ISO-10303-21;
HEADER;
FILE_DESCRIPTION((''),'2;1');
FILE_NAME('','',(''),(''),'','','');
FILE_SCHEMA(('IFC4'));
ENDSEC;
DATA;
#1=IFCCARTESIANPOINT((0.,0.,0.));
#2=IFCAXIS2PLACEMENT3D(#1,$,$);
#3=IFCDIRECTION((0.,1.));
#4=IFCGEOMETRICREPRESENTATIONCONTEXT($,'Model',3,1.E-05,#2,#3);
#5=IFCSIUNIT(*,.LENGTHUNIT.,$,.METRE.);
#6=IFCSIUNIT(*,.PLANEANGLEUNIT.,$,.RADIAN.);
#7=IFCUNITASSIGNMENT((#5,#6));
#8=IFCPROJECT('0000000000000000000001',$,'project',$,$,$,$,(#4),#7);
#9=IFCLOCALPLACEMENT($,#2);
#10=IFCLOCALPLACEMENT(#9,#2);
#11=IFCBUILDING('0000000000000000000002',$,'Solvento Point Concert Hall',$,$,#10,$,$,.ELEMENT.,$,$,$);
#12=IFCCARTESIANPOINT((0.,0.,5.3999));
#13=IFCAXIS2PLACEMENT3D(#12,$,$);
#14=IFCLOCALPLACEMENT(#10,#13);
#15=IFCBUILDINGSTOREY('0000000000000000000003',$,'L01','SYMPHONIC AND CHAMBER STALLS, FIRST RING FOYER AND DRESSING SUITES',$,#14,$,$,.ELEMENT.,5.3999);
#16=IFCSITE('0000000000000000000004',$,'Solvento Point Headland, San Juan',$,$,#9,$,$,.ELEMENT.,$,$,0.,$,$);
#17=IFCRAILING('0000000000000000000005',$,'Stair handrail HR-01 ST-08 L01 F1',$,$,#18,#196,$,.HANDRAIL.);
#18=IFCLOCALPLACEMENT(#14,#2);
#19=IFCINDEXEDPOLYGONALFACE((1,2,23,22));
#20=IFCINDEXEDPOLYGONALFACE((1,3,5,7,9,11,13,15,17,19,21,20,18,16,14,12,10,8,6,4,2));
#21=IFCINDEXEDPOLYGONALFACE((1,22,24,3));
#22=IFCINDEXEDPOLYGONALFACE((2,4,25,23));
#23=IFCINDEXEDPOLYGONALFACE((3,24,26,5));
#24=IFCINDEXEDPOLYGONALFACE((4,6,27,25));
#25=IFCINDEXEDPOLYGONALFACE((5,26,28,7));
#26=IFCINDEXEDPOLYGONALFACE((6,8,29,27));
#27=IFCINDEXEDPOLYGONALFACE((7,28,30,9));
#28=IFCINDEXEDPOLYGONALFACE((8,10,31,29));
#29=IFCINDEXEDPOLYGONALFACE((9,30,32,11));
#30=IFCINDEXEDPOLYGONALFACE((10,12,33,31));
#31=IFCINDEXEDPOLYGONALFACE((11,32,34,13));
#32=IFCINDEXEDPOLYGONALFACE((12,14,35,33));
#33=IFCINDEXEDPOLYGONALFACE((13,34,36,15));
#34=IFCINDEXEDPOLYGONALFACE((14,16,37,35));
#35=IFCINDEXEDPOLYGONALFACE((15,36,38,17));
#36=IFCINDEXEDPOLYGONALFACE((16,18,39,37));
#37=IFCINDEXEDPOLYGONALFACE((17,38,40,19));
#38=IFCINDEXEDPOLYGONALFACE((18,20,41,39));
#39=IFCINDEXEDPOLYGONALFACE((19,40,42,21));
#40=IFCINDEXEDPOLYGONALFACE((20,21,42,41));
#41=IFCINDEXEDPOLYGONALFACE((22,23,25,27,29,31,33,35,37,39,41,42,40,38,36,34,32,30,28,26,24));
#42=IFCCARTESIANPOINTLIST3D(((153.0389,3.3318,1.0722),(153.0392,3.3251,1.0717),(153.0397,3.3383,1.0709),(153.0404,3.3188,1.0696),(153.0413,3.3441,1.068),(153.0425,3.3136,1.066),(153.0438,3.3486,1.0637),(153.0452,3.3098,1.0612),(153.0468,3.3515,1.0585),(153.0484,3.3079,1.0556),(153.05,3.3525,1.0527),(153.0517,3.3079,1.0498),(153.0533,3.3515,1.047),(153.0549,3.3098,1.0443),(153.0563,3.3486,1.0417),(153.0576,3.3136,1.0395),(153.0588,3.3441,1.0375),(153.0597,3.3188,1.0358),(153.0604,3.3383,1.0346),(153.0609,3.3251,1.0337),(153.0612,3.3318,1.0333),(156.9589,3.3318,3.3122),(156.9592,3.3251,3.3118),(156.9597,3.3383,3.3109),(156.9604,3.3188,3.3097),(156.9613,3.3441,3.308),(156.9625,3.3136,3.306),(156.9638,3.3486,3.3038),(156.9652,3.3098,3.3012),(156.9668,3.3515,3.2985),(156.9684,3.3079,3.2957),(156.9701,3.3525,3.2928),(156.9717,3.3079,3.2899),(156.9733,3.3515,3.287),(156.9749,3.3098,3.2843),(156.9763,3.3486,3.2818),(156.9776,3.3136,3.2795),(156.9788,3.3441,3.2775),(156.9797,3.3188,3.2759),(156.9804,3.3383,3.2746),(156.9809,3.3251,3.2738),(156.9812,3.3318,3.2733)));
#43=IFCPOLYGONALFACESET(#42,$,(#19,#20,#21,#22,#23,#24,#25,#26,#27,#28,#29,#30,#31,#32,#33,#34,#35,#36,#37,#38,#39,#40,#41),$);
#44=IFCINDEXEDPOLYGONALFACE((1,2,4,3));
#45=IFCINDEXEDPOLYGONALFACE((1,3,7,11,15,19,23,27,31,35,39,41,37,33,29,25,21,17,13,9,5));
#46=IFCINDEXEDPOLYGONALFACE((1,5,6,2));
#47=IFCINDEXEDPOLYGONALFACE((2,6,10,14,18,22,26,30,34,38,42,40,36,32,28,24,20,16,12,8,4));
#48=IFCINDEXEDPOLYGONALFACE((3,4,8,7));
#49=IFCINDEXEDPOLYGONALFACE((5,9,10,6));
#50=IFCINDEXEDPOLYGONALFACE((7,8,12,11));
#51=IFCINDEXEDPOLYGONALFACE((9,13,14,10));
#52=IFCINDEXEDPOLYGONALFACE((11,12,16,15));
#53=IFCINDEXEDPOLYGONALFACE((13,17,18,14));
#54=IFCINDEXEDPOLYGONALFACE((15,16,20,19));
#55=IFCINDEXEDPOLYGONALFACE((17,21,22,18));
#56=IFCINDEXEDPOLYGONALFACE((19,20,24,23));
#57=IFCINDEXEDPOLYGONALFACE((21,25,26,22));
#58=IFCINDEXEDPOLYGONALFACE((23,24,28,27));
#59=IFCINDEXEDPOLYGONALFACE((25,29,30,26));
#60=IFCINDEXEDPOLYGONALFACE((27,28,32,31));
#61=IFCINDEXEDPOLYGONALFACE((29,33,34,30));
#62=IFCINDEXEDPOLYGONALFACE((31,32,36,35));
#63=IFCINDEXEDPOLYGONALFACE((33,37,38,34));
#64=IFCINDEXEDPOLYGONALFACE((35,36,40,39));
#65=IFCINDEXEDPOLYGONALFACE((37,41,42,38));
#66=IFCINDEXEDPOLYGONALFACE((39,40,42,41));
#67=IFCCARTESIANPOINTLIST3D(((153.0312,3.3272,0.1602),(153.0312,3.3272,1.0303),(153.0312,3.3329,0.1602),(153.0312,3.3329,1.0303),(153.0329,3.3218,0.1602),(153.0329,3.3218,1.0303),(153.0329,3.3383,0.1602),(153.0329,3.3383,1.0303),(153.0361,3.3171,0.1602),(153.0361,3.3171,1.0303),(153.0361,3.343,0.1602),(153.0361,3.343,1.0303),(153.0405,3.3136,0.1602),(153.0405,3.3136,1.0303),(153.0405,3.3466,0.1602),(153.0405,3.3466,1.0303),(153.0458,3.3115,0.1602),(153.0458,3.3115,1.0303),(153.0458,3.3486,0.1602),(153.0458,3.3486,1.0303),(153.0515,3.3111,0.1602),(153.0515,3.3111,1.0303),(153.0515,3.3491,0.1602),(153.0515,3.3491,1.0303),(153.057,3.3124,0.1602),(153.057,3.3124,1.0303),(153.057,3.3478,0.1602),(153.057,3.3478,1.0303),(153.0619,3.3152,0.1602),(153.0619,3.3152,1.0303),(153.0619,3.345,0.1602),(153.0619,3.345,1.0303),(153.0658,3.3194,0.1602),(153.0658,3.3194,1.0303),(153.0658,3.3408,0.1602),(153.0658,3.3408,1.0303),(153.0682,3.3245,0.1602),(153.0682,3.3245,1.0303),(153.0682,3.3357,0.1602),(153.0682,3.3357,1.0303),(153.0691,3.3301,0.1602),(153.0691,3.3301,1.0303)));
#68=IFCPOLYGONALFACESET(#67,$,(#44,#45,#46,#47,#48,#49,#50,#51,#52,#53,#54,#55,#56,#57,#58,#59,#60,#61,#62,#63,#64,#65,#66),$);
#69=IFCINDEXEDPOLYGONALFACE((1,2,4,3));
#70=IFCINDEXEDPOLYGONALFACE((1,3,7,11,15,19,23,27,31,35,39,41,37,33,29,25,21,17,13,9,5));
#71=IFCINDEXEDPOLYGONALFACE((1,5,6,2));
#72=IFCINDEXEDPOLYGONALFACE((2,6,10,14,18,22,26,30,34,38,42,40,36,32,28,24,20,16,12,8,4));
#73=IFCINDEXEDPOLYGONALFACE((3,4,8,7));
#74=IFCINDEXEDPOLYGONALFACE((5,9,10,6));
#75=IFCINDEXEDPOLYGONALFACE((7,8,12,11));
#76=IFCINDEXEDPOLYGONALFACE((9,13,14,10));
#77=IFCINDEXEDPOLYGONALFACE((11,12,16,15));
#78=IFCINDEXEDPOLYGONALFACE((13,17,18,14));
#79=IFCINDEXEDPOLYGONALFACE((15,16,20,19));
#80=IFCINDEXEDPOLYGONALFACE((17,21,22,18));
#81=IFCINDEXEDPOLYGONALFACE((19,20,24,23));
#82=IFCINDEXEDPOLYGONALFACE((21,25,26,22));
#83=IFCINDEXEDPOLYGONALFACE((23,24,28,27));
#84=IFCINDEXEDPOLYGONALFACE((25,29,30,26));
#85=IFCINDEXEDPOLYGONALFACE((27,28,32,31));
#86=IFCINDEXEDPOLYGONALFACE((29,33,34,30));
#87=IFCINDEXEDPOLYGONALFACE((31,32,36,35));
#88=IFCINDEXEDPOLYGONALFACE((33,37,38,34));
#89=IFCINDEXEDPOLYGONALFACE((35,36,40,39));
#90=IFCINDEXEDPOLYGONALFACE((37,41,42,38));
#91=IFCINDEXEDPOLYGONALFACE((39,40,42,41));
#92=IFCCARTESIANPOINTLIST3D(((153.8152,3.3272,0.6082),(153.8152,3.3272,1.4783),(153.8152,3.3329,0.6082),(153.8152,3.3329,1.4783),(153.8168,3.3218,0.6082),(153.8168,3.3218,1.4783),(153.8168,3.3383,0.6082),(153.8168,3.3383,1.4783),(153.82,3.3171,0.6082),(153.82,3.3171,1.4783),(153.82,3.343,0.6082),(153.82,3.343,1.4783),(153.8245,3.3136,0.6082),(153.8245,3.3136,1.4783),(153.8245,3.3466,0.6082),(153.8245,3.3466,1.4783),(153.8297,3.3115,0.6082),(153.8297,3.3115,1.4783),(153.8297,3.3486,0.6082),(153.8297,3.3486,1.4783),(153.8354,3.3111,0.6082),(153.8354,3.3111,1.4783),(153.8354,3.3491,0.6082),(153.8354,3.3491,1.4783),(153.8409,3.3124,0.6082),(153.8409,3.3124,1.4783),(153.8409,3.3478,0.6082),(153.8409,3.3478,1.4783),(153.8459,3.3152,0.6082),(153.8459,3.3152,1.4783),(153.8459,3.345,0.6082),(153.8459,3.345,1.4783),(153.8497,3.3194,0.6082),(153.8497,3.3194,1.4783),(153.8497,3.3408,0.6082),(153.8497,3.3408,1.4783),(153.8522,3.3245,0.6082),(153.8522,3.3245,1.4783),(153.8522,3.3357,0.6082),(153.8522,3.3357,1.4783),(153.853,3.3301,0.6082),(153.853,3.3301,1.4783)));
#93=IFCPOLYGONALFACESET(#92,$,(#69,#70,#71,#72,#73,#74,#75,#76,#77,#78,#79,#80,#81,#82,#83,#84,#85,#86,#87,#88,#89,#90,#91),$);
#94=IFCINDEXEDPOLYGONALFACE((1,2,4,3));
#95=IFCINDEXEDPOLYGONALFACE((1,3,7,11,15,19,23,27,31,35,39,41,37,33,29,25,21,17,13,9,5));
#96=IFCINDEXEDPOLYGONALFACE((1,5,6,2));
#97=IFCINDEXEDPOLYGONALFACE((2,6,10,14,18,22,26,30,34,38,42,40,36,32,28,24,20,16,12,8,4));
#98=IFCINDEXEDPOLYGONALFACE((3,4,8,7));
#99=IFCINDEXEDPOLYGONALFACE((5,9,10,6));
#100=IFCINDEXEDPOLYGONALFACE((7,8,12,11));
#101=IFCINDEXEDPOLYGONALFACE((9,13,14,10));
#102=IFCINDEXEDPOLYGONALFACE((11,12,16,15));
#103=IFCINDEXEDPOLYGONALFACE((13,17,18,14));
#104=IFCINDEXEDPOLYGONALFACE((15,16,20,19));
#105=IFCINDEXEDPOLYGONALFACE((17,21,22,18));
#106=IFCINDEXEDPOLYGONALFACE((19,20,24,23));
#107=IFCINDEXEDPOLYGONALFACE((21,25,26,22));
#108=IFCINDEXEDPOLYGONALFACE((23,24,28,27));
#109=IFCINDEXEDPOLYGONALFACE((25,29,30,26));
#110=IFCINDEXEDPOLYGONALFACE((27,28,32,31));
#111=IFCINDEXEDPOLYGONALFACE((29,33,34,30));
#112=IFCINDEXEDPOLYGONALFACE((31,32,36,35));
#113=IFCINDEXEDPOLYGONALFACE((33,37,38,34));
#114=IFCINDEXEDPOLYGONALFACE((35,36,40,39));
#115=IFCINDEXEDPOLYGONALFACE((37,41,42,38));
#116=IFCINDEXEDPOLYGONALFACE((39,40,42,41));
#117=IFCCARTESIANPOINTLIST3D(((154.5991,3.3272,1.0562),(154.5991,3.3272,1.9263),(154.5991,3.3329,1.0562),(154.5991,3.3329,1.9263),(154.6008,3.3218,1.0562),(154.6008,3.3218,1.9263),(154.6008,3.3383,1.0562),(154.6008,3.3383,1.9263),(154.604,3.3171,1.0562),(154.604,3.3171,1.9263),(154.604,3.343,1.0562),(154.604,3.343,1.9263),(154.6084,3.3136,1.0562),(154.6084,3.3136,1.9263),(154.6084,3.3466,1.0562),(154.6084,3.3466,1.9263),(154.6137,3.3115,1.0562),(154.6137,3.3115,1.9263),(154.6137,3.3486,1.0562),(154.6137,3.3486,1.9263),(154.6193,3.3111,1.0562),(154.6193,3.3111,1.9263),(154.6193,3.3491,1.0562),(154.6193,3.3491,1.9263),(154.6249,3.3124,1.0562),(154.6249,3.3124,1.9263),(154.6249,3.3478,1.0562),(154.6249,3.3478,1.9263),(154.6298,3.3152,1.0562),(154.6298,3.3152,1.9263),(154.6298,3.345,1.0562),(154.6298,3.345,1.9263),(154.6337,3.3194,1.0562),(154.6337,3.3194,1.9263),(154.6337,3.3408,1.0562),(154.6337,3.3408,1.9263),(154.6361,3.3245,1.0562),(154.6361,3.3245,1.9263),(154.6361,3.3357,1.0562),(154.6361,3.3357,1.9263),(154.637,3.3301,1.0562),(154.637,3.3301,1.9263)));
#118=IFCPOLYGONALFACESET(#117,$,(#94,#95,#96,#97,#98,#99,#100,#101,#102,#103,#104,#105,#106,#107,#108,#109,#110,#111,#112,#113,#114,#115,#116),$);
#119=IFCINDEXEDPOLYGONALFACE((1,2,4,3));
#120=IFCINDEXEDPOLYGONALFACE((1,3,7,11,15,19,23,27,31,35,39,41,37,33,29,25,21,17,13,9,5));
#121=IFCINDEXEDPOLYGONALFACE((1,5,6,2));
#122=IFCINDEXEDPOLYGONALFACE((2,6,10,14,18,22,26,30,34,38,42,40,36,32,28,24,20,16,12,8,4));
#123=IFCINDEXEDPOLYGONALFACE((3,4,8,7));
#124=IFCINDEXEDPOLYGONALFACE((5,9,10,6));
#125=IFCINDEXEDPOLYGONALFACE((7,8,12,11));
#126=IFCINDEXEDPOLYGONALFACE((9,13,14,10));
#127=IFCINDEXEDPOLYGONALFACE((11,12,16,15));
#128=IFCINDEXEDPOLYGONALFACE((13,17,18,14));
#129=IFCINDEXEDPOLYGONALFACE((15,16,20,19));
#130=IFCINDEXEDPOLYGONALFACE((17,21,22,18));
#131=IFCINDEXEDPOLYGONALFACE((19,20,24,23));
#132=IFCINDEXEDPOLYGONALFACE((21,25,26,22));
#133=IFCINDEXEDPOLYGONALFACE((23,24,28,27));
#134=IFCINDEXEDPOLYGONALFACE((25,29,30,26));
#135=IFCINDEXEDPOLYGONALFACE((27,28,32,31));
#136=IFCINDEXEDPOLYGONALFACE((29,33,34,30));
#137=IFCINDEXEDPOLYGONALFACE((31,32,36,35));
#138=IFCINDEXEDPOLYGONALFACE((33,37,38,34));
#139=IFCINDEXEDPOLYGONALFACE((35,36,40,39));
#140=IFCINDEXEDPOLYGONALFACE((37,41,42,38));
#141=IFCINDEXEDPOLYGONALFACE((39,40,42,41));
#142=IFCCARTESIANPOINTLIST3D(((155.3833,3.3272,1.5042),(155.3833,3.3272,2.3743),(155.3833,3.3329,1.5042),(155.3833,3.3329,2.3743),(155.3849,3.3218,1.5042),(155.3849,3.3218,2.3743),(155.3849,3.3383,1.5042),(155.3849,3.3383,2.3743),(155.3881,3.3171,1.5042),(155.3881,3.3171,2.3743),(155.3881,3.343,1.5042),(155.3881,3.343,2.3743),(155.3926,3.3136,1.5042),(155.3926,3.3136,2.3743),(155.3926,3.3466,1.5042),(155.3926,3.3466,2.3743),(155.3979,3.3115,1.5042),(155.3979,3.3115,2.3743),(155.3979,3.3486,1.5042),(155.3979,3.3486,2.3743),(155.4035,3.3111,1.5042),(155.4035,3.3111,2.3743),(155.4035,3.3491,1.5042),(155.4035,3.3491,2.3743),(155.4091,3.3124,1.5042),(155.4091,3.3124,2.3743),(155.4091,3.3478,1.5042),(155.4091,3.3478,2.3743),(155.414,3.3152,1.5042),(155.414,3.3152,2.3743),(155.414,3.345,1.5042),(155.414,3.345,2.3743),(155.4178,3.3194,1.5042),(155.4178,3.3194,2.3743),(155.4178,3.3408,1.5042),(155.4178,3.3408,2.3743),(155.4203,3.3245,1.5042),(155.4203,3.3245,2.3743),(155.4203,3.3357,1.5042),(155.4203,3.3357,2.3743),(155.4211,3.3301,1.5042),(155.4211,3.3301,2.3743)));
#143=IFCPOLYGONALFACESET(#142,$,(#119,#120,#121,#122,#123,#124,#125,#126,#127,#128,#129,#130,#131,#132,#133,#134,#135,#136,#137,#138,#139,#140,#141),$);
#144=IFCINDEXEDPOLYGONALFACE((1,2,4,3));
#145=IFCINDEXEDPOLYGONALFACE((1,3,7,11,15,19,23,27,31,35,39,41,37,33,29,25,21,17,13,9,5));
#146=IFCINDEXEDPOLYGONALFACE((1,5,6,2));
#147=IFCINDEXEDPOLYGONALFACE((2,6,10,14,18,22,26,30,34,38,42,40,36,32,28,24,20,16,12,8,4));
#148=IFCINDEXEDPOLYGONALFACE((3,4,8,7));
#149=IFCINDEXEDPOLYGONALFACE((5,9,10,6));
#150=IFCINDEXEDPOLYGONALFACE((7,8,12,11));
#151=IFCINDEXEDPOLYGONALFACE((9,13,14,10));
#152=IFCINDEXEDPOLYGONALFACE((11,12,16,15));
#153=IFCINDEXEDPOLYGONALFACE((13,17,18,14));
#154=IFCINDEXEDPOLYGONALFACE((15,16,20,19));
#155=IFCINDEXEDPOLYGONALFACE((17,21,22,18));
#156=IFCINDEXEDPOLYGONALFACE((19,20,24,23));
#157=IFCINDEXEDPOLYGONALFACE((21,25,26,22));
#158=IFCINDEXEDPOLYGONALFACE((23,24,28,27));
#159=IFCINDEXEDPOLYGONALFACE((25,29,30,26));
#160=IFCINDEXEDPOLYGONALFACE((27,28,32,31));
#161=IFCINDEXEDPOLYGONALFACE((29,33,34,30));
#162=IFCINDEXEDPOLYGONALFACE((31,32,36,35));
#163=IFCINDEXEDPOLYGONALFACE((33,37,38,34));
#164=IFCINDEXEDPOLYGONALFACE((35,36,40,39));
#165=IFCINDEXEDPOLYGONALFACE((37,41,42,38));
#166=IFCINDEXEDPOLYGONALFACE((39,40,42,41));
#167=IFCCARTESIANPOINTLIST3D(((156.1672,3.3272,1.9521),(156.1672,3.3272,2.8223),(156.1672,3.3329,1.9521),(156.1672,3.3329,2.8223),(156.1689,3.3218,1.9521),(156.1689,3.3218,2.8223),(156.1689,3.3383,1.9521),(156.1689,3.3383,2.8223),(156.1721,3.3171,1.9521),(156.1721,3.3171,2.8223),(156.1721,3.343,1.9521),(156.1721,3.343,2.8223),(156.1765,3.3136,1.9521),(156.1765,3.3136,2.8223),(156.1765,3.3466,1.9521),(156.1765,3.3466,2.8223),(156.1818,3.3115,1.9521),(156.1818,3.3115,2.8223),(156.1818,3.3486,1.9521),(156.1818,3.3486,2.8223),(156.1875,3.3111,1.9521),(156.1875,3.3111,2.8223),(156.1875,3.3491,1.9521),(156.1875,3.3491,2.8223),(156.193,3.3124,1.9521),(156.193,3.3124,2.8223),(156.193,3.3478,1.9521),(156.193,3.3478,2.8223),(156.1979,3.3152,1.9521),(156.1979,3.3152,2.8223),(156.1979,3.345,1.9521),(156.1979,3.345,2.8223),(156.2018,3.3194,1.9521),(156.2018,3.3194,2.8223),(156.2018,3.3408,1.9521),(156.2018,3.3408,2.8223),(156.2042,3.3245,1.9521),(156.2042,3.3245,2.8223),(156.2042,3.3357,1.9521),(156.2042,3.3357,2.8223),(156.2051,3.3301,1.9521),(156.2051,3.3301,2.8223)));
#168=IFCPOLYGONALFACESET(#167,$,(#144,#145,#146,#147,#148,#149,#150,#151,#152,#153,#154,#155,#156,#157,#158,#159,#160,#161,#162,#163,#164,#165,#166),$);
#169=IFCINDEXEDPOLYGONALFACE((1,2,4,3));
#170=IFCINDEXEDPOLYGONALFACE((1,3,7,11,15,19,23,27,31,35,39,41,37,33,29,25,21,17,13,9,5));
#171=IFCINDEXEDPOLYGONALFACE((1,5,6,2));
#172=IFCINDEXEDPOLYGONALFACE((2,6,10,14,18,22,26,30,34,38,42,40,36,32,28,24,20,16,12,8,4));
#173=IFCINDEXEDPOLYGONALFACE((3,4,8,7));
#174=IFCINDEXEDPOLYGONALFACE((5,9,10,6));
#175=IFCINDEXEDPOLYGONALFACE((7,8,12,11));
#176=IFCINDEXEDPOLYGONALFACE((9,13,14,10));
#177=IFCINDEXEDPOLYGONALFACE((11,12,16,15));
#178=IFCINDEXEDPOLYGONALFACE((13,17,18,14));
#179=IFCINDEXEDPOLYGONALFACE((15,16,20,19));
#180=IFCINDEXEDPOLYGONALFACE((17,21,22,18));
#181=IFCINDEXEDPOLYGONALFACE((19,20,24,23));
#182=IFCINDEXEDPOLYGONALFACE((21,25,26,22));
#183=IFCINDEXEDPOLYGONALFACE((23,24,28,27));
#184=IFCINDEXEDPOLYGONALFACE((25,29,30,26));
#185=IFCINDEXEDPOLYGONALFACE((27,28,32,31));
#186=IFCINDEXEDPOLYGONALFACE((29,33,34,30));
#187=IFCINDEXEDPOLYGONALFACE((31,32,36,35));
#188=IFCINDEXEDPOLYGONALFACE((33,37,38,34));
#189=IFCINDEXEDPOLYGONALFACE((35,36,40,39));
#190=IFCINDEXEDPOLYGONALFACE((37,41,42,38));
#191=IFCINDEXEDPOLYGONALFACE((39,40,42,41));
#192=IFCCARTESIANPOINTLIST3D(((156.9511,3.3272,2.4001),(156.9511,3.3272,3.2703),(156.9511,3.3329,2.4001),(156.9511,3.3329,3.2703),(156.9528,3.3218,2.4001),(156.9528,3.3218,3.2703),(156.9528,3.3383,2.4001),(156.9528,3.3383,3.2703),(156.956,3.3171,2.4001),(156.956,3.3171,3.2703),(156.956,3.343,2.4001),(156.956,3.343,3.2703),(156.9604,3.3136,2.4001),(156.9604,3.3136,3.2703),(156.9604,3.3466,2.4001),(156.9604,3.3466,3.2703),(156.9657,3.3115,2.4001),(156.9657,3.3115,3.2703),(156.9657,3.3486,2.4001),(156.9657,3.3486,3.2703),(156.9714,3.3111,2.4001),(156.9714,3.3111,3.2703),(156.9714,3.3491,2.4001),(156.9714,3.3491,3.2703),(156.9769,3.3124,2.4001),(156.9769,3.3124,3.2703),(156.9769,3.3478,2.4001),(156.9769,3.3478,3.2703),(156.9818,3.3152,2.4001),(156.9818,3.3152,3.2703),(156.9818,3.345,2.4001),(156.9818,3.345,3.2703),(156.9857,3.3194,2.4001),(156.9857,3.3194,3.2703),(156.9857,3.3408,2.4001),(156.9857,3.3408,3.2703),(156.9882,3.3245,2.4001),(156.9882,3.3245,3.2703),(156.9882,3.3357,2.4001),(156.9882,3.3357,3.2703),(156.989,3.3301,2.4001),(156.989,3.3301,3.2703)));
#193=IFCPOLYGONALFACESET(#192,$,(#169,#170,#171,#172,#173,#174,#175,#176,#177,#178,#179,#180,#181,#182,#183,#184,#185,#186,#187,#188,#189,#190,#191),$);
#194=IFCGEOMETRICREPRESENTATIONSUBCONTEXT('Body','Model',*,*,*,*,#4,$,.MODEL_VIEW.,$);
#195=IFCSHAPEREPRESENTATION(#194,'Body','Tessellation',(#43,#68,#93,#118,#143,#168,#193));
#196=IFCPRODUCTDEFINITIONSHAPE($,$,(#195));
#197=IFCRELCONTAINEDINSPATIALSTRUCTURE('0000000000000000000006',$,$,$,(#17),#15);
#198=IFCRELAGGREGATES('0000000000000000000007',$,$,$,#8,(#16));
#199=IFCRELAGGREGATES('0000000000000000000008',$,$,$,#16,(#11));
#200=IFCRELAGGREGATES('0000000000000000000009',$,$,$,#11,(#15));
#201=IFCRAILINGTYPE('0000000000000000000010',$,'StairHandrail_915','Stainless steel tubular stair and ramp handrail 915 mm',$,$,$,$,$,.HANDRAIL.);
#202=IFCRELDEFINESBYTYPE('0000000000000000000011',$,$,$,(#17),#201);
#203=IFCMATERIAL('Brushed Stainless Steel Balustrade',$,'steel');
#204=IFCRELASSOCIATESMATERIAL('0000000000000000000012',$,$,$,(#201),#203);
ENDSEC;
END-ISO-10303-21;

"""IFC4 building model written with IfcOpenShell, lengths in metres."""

from ifc_helpers import new_model, si_unit, direction, frame, origin, origin_2d, place, context, subcontext, project, spatial, circle, extrude, material, type_object, element, save


model = new_model("IFC4")

# Units and contexts
model_context = context("Model", 3, precision=1e-05, world=origin(), true_north=direction((0.0, 1.0)))
body_context = subcontext(model_context, "Body", "Model", "MODEL_VIEW")
ifc_project = project(units=[si_unit("LENGTHUNIT", "METRE"), si_unit("PLANEANGLEUNIT", "RADIAN")], contexts=[model_context])

# Site, building, storey
site_placement = place(None, origin())
site = spatial("IfcSite", under=ifc_project, at=site_placement, Name="Solvento Point Headland, San Juan", CompositionType="ELEMENT", RefElevation=0.0)
building_placement = place(site_placement, origin())
building = spatial("IfcBuilding", under=site, at=building_placement, Name="Solvento Point Concert Hall", CompositionType="ELEMENT")
storey_placement = place(building_placement, frame((0.0, 0.0, 5.3999)))
storey = spatial("IfcBuildingStorey", under=building, at=storey_placement, Name="L01", Description="SYMPHONIC AND CHAMBER STALLS, FIRST RING FOYER AND DRESSING SUITES", CompositionType="ELEMENT", Elevation=5.3999)

# Railing
ifc_material_1 = material(Name="Brushed Stainless Steel Balustrade", Category="steel")
railing_type_1 = type_object("IfcRailingType", Name="StairHandrail_915", Description="Stainless steel tubular stair and ramp handrail 915 mm", PredefinedType="HANDRAIL", material=ifc_material_1)
railing_1_placement = place(storey_placement, frame((153.05, 3.3301, 0.1602)))
element("IfcRailing", 1, at=railing_1_placement, inside=storey, type_object=railing_type_1, Name="Stair handrail HR-01 ST-08 L01 F1", PredefinedType="HANDRAIL", context=body_context, shape_type="SweptSolid", body=[
    extrude(circle(Radius=0.0225, at=origin_2d()), frame((0.0, 0.0, 0.8926), z_axis=(0.86824, 0.0, 0.496145), x_axis=(0.0, 1.0, 0.0)), (0.0, 0.0, 1.0), 4.5149),
    extrude(circle(Radius=0.019, at=origin_2d()), origin(), (0.0, 0.0, 1.0), 0.8701),
    extrude(circle(Radius=0.019, at=origin_2d()), frame((0.7839, 0.0, 0.448)), (0.0, 0.0, 1.0), 0.8701),
    extrude(circle(Radius=0.019, at=origin_2d()), frame((1.5679, 0.0, 0.896)), (0.0, 0.0, 1.0), 0.8701),
    extrude(circle(Radius=0.019, at=origin_2d()), frame((2.3521, 0.0, 1.344)), (0.0, 0.0, 1.0), 0.8701),
    extrude(circle(Radius=0.019, at=origin_2d()), frame((3.136, 0.0, 1.792)), (0.0, 0.0, 1.0), 0.8701),
    extrude(circle(Radius=0.019, at=origin_2d()), frame((3.9199, 0.0, 2.24)), (0.0, 0.0, 1.0), 0.8701),
])

save(model, "model.ifc")
